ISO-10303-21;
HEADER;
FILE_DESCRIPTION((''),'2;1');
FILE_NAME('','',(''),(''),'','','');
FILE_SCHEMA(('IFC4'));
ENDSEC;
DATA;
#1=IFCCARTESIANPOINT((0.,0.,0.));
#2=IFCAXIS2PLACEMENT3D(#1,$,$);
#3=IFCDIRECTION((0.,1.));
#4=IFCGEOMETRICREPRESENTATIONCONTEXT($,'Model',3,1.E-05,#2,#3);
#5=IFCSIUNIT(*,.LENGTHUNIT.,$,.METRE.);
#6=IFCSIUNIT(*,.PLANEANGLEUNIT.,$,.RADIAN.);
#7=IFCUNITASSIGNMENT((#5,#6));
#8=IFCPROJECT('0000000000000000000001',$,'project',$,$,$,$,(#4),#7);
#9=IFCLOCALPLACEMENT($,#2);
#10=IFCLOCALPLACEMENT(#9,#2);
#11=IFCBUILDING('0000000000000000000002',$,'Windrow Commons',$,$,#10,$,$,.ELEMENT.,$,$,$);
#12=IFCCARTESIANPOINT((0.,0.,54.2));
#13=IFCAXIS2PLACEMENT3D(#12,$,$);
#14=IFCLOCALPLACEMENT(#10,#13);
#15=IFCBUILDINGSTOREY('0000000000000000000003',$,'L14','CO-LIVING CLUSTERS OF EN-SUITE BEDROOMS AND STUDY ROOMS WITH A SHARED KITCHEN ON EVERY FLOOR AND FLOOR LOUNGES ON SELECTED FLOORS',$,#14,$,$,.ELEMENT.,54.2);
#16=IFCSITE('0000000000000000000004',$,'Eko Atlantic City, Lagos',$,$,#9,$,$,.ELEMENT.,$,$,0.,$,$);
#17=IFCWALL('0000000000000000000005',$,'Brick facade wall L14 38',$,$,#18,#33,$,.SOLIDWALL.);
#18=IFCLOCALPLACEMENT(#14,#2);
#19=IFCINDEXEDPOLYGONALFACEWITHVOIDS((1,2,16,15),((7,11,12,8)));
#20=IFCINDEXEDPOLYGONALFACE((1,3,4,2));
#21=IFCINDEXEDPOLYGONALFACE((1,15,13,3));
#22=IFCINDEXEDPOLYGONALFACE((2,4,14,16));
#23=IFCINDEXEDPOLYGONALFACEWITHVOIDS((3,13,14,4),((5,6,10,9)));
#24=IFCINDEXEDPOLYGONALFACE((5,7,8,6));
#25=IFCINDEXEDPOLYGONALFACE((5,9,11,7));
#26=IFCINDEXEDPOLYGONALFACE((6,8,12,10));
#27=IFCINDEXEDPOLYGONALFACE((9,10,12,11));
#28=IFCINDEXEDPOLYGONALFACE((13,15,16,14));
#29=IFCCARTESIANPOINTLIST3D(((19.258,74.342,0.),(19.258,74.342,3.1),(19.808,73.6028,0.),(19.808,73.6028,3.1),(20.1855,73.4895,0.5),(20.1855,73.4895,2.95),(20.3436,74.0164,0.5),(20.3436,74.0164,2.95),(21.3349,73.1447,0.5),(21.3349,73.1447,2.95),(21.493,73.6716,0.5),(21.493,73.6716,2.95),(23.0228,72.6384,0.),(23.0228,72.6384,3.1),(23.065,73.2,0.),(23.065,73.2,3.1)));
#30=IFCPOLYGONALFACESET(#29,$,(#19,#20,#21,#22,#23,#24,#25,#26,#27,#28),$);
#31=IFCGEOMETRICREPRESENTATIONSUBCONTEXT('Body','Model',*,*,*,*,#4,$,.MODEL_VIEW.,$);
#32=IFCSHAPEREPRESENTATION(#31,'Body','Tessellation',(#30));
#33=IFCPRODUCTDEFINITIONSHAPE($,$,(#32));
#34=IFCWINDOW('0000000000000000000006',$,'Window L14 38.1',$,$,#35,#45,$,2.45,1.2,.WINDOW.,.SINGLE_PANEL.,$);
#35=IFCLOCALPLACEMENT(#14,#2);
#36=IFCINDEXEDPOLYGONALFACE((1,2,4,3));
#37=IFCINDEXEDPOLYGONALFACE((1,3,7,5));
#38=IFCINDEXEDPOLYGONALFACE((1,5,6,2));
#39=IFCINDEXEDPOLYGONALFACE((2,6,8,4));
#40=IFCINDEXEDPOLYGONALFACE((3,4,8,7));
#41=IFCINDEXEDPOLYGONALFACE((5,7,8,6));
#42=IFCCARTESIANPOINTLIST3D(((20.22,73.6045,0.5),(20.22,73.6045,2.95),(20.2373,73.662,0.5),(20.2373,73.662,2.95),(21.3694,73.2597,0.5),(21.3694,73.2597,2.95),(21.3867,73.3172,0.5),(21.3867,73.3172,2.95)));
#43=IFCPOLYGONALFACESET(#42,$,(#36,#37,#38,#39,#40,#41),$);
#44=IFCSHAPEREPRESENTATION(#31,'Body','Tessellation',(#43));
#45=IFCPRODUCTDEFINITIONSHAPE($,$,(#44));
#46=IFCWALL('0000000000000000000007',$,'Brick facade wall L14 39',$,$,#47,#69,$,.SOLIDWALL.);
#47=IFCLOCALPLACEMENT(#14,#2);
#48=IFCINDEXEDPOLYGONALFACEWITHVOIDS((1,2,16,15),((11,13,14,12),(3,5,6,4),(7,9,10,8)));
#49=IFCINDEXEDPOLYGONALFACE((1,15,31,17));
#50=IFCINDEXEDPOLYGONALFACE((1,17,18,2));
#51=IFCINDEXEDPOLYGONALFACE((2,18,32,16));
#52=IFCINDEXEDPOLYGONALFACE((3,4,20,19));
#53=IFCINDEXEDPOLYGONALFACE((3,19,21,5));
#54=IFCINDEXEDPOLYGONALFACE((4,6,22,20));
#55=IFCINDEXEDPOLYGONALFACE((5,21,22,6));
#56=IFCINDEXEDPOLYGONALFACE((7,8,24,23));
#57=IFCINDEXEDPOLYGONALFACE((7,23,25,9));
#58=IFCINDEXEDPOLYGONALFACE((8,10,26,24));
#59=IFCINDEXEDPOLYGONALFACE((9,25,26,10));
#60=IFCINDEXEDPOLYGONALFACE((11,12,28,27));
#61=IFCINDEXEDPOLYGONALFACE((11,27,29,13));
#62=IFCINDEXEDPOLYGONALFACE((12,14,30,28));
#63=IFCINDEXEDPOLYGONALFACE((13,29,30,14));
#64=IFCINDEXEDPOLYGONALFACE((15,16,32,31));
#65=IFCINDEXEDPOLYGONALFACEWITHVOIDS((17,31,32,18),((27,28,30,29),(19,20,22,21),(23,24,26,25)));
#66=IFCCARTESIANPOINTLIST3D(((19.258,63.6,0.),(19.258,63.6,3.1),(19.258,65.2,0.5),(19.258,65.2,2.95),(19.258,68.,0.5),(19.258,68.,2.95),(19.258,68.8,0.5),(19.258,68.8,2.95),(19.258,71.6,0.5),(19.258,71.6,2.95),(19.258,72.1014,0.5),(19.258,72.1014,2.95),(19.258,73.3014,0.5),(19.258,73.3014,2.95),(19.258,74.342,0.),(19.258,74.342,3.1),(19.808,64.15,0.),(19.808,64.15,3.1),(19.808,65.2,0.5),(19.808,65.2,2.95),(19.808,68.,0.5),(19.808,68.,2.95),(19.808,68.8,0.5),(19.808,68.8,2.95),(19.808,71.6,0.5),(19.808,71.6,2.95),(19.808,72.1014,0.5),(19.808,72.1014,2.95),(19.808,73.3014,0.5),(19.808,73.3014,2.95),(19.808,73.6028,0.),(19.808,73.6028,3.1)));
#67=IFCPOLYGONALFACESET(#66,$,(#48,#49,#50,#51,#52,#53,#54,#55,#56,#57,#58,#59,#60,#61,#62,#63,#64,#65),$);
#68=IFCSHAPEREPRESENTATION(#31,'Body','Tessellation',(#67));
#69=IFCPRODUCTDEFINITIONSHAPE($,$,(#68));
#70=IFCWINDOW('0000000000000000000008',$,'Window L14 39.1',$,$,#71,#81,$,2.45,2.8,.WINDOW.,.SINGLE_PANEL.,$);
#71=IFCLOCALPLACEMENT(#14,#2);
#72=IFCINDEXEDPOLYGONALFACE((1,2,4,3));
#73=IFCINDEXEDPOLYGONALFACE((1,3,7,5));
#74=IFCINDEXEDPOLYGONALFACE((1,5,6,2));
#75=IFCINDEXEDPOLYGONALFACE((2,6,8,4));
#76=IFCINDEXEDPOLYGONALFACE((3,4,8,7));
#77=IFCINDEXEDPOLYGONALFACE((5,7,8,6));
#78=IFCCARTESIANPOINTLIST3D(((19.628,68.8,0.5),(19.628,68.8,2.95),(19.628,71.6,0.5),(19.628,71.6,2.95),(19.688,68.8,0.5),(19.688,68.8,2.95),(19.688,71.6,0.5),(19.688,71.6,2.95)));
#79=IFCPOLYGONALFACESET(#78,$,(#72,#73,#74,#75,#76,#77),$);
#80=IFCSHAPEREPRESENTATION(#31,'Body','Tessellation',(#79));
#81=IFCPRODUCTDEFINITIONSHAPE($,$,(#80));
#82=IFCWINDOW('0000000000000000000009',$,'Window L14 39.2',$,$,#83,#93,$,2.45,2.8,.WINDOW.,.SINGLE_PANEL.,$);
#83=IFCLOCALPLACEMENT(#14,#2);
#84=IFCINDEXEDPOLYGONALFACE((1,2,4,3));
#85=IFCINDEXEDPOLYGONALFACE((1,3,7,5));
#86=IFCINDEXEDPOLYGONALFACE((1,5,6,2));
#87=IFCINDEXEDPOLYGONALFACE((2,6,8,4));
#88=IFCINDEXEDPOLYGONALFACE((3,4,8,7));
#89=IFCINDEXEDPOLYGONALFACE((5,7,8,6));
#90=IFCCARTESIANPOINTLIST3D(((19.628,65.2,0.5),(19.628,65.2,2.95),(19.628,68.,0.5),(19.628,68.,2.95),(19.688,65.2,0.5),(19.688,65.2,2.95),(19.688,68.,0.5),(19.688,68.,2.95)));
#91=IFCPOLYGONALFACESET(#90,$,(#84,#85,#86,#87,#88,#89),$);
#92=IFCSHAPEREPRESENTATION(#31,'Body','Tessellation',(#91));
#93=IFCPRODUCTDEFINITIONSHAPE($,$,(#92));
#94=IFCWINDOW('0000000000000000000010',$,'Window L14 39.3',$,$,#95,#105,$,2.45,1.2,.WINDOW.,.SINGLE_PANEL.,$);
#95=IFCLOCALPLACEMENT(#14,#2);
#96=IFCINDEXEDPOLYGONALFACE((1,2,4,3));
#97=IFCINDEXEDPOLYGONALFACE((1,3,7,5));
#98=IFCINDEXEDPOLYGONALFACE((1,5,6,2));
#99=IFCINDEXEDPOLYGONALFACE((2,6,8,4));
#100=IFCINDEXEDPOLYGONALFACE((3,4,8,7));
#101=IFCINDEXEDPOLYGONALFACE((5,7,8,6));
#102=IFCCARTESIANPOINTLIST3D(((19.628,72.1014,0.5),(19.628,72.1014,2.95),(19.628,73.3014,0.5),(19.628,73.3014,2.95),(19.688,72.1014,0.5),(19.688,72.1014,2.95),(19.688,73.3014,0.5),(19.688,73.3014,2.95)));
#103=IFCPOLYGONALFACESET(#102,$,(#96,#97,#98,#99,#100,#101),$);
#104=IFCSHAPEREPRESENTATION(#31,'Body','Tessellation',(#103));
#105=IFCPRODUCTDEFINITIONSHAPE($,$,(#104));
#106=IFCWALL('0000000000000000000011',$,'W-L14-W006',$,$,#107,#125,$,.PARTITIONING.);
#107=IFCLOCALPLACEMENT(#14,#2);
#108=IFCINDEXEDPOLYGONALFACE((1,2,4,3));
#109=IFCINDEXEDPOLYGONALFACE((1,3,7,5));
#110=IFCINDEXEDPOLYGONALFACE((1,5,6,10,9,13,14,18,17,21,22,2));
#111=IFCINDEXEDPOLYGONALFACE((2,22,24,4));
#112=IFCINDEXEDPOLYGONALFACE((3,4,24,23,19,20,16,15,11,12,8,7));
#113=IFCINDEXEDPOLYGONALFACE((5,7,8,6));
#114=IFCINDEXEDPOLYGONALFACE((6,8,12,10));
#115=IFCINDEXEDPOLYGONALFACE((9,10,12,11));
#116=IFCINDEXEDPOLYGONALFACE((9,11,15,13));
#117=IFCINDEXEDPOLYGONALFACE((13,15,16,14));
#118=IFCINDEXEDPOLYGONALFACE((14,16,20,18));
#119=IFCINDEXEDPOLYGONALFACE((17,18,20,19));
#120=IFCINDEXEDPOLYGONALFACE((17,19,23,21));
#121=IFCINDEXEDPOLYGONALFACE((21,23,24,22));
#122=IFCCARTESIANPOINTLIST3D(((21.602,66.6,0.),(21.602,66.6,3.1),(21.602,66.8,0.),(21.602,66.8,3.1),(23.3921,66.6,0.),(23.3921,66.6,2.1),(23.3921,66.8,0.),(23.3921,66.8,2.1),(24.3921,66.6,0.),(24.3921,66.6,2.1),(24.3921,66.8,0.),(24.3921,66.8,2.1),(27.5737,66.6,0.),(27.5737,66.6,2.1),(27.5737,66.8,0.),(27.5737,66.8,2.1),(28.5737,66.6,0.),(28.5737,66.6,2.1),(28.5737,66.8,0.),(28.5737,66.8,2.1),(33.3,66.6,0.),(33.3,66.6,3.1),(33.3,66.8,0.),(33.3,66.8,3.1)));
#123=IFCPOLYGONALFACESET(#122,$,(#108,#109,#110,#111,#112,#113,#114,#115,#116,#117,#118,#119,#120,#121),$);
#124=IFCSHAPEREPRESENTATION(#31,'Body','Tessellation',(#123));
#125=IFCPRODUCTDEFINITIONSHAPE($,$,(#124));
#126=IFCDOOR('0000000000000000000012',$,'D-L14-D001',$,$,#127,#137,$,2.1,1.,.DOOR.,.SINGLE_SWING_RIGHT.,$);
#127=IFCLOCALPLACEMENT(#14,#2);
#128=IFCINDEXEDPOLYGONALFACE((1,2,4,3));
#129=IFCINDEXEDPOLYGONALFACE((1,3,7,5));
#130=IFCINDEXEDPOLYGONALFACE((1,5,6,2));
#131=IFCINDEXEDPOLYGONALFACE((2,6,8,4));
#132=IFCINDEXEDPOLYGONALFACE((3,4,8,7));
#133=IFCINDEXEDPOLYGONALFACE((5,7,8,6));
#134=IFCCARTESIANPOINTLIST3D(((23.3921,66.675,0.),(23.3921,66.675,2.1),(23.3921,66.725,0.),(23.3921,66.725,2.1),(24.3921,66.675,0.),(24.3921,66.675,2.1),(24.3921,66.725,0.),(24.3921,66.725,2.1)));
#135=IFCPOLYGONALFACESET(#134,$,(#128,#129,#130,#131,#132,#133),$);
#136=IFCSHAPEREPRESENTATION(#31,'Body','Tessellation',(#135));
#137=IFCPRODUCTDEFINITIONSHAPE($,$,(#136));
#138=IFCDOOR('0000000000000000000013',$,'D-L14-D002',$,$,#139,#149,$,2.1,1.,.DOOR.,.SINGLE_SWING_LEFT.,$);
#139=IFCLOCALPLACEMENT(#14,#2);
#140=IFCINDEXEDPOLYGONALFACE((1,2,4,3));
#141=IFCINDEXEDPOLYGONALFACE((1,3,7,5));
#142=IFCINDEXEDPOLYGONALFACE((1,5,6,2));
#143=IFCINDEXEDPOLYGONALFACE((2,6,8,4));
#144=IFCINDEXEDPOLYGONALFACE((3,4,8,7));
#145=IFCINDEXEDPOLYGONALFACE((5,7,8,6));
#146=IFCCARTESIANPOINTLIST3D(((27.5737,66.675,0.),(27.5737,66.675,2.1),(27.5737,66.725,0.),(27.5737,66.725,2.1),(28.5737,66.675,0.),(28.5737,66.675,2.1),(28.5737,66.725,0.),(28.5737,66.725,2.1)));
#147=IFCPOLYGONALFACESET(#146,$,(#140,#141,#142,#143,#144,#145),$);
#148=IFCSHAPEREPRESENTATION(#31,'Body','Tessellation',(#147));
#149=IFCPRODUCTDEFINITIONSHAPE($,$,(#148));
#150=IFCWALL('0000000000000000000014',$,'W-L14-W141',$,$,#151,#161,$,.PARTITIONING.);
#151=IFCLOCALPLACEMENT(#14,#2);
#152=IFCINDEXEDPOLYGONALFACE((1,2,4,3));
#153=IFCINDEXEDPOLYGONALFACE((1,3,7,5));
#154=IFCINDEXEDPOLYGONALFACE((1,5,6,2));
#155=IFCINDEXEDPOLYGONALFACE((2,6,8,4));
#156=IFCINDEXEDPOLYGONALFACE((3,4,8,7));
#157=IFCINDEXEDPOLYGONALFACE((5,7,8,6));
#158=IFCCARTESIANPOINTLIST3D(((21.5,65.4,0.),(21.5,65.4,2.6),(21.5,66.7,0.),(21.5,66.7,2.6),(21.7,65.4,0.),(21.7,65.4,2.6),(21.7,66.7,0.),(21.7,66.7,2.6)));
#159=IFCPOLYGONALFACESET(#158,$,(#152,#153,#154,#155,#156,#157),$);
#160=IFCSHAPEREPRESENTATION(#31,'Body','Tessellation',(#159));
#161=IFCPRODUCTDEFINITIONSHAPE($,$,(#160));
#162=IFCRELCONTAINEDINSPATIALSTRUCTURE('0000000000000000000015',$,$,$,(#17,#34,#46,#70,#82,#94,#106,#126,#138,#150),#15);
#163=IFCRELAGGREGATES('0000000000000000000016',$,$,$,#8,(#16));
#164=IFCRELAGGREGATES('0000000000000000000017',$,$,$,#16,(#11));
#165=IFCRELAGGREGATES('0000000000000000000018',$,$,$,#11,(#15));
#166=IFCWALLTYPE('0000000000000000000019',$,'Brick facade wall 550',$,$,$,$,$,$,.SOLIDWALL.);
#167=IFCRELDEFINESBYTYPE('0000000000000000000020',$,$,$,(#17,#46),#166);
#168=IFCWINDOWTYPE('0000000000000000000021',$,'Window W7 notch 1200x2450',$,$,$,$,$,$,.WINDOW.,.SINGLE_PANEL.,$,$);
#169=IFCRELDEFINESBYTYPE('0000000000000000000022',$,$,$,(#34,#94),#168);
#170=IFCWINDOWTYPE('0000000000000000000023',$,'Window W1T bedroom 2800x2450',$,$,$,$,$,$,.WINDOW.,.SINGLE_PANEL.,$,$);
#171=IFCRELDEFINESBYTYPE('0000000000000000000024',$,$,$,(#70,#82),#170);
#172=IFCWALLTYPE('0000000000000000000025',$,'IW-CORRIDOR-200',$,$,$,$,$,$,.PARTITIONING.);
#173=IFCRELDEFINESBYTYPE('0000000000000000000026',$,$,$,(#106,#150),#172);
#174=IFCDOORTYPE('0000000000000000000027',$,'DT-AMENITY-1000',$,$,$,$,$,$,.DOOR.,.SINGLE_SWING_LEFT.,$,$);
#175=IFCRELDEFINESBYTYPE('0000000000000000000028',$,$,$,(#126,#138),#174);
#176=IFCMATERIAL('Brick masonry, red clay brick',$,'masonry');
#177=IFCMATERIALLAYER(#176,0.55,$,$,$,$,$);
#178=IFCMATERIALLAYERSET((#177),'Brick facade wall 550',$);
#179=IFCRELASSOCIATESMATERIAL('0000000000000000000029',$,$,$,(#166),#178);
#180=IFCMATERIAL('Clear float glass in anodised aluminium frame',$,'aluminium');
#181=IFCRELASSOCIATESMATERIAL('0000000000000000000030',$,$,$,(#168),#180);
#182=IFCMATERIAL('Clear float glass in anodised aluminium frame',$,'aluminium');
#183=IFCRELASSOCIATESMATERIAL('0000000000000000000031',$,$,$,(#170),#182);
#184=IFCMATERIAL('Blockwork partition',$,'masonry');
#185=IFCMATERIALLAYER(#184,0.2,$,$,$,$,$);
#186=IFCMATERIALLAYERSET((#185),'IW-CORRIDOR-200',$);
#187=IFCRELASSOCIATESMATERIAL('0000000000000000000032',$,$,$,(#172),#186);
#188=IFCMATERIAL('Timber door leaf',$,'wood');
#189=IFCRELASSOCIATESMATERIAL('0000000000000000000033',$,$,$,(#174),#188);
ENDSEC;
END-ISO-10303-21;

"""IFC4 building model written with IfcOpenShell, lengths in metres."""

from ifc_helpers import new_model, si_unit, direction, frame, frame_2d, origin, place, context, subcontext, project, spatial, polyline, rectangle, outline, extrude, material, layer, layer_set, type_object, element, fill, save


model = new_model("IFC4")

# Units and contexts
model_context = context("Model", 3, precision=1e-05, world=origin(), true_north=direction((0.0, 1.0)))
body_context = subcontext(model_context, "Body", "Model", "MODEL_VIEW")
ifc_project = project(units=[si_unit("LENGTHUNIT", "METRE"), si_unit("PLANEANGLEUNIT", "RADIAN")], contexts=[model_context])

# Site, building, storey
site_placement = place(None, origin())
site = spatial("IfcSite", under=ifc_project, at=site_placement, Name="Eko Atlantic City, Lagos", CompositionType="ELEMENT", RefElevation=0.0)
building_placement = place(site_placement, origin())
building = spatial("IfcBuilding", under=site, at=building_placement, Name="Windrow Commons", CompositionType="ELEMENT")
storey_placement = place(building_placement, frame((0.0, 0.0, 54.2)))
storey = spatial("IfcBuildingStorey", under=building, at=storey_placement, Name="L14", Description="CO-LIVING CLUSTERS OF EN-SUITE BEDROOMS AND STUDY ROOMS WITH A SHARED KITCHEN ON EVERY FLOOR AND FLOOR LOUNGES ON SELECTED FLOORS", CompositionType="ELEMENT", Elevation=54.2)

# Shared definitions
ifc_material_1 = material(Name="Brick masonry, red clay brick", Category="masonry")
ifc_layer_1 = layer(ifc_material_1, 0.55)
ifc_layer_set_1 = layer_set([ifc_layer_1], Name="Brick facade wall 550")
wall_type_1 = type_object("IfcWallType", Name="Brick facade wall 550", PredefinedType="SOLIDWALL", material=ifc_layer_set_1)
ifc_material_2 = material(Name="Clear float glass in anodised aluminium frame", Category="aluminium")
window_type_1 = type_object("IfcWindowType", Name="Window W7 notch 1200x2450", PartitioningType="SINGLE_PANEL", PredefinedType="WINDOW", material=ifc_material_2)

# Wall, opening, window
wall_1_placement = place(storey_placement, frame((23.0439, 72.9192, 0.0), z_axis=(0.0, 0.0, 1.0), x_axis=(-0.957832, 0.28733, 0.0)))
wall_1 = element("IfcWall", 1, at=wall_1_placement, inside=storey, type_object=wall_type_1, Name="Brick facade wall L14 38", PredefinedType="SOLIDWALL", context=body_context, shape_type="SweptSolid", body=[
    extrude(outline(polyline([(0.0605, -0.275), (4.0351, -0.275), (3.2959, 0.275), (-0.0605, 0.275), (0.0605, -0.275)])), origin(), (0.0, 0.0, 1.0), 3.1),
])
opening_1_placement = place(wall_1_placement, frame((1.7017, 0.0, 0.5)))
opening_1 = element("IfcOpeningElement", 2, at=opening_1_placement, cuts=wall_1, PredefinedType="OPENING", context=body_context, shape_type="SweptSolid", body=[
    extrude(rectangle(XDim=1.2, YDim=2.45, at=frame_2d((0.6, 1.225))), frame((0.0, 0.285, 0.0), z_axis=(0.0, -1.0, 0.0), x_axis=(1.0, 0.0, 0.0)), (0.0, 0.0, 1.0), 0.57),
])
window_1_placement = place(opening_1_placement, origin())
window_1 = element("IfcWindow", 3, at=window_1_placement, inside=storey, type_object=window_type_1, Name="Window L14 38.1", OverallHeight=2.45, OverallWidth=1.2, PartitioningType="SINGLE_PANEL", PredefinedType="WINDOW", context=body_context, shape_type="SweptSolid", body=[
    extrude(rectangle(XDim=1.2, YDim=2.45, at=frame_2d((0.6, 1.225))), frame((0.0, 0.155, 0.0), z_axis=(0.0, -1.0, 0.0), x_axis=(1.0, 0.0, 0.0)), (0.0, 0.0, 1.0), 0.06),
])
fill(opening_1, window_1)

# Wall, openings, windows
wall_2_placement = place(storey_placement, frame((19.533, 73.9724, 0.0), z_axis=(0.0, 0.0, 1.0), x_axis=(0.0, -1.0, 0.0)))
wall_2 = element("IfcWall", 4, at=wall_2_placement, inside=storey, type_object=wall_type_1, Name="Brick facade wall L14 39", PredefinedType="SOLIDWALL", context=body_context, shape_type="SweptSolid", body=[
    extrude(outline(polyline([(-0.3696, -0.275), (10.3724, -0.275), (9.8224, 0.275), (0.3696, 0.275), (-0.3696, -0.275)])), origin(), (0.0, 0.0, 1.0), 3.1),
])
opening_2_placement = place(wall_2_placement, frame((2.3724, 0.0, 0.5)))
opening_2 = element("IfcOpeningElement", 5, at=opening_2_placement, cuts=wall_2, PredefinedType="OPENING", context=body_context, shape_type="SweptSolid", body=[
    extrude(rectangle(XDim=2.8, YDim=2.45, at=frame_2d((1.4, 1.225))), frame((0.0, 0.285, 0.0), z_axis=(0.0, -1.0, 0.0), x_axis=(1.0, 0.0, 0.0)), (0.0, 0.0, 1.0), 0.57),
])
opening_3_placement = place(wall_2_placement, frame((5.9724, 0.0, 0.5)))
opening_3 = element("IfcOpeningElement", 6, at=opening_3_placement, cuts=wall_2, PredefinedType="OPENING", context=body_context, shape_type="SweptSolid", body=[
    extrude(rectangle(XDim=2.8, YDim=2.45, at=frame_2d((1.4, 1.225))), frame((0.0, 0.285, 0.0), z_axis=(0.0, -1.0, 0.0), x_axis=(1.0, 0.0, 0.0)), (0.0, 0.0, 1.0), 0.57),
])
opening_4_placement = place(wall_2_placement, frame((0.671, 0.0, 0.5)))
opening_4 = element("IfcOpeningElement", 7, at=opening_4_placement, cuts=wall_2, PredefinedType="OPENING", context=body_context, shape_type="SweptSolid", body=[
    extrude(rectangle(XDim=1.2, YDim=2.45, at=frame_2d((0.6, 1.225))), frame((0.0, 0.285, 0.0), z_axis=(0.0, -1.0, 0.0), x_axis=(1.0, 0.0, 0.0)), (0.0, 0.0, 1.0), 0.57),
])
ifc_material_3 = material(Name="Clear float glass in anodised aluminium frame", Category="aluminium")
window_type_2 = type_object("IfcWindowType", Name="Window W1T bedroom 2800x2450", PartitioningType="SINGLE_PANEL", PredefinedType="WINDOW", material=ifc_material_3)
window_2_placement = place(opening_2_placement, origin())
window_2 = element("IfcWindow", 8, at=window_2_placement, inside=storey, type_object=window_type_2, Name="Window L14 39.1", OverallHeight=2.45, OverallWidth=2.8, PartitioningType="SINGLE_PANEL", PredefinedType="WINDOW", context=body_context, shape_type="SweptSolid", body=[
    extrude(rectangle(XDim=2.8, YDim=2.45, at=frame_2d((1.4, 1.225))), frame((0.0, 0.155, 0.0), z_axis=(0.0, -1.0, 0.0), x_axis=(1.0, 0.0, 0.0)), (0.0, 0.0, 1.0), 0.06),
])
fill(opening_2, window_2)
window_3_placement = place(opening_3_placement, origin())
window_3 = element("IfcWindow", 9, at=window_3_placement, inside=storey, type_object=window_type_2, Name="Window L14 39.2", OverallHeight=2.45, OverallWidth=2.8, PartitioningType="SINGLE_PANEL", PredefinedType="WINDOW", context=body_context, shape_type="SweptSolid", body=[
    extrude(rectangle(XDim=2.8, YDim=2.45, at=frame_2d((1.4, 1.225))), frame((0.0, 0.155, 0.0), z_axis=(0.0, -1.0, 0.0), x_axis=(1.0, 0.0, 0.0)), (0.0, 0.0, 1.0), 0.06),
])
fill(opening_3, window_3)
window_4_placement = place(opening_4_placement, origin())
window_4 = element("IfcWindow", 10, at=window_4_placement, inside=storey, type_object=window_type_1, Name="Window L14 39.3", OverallHeight=2.45, OverallWidth=1.2, PartitioningType="SINGLE_PANEL", PredefinedType="WINDOW", context=body_context, shape_type="SweptSolid", body=[
    extrude(rectangle(XDim=1.2, YDim=2.45, at=frame_2d((0.6, 1.225))), frame((0.0, 0.155, 0.0), z_axis=(0.0, -1.0, 0.0), x_axis=(1.0, 0.0, 0.0)), (0.0, 0.0, 1.0), 0.06),
])
fill(opening_4, window_4)

# Wall, openings, doors
ifc_material_4 = material(Name="Blockwork partition", Category="masonry")
ifc_layer_2 = layer(ifc_material_4, 0.2)
ifc_layer_set_2 = layer_set([ifc_layer_2], Name="IW-CORRIDOR-200")
wall_type_2 = type_object("IfcWallType", Name="IW-CORRIDOR-200", PredefinedType="PARTITIONING", material=ifc_layer_set_2)
wall_3_placement = place(storey_placement, frame((21.602, 66.7, 0.0), z_axis=(0.0, 0.0, 1.0), x_axis=(1.0, 0.0, 0.0)))
wall_3 = element("IfcWall", 11, at=wall_3_placement, inside=storey, type_object=wall_type_2, Name="W-L14-W006", PredefinedType="PARTITIONING", context=body_context, shape_type="SweptSolid", body=[
    extrude(rectangle(XDim=11.698, YDim=0.2, at=frame_2d((5.849, 0.0))), origin(), (0.0, 0.0, 1.0), 3.1),
])
opening_5_placement = place(wall_3_placement, frame((1.7901, 0.0, 0.0)))
opening_5 = element("IfcOpeningElement", 12, at=opening_5_placement, cuts=wall_3, PredefinedType="OPENING", context=body_context, shape_type="SweptSolid", body=[
    extrude(rectangle(XDim=1.0, YDim=2.1, at=frame_2d((0.5, 1.05))), frame((0.0, 0.11, 0.0), z_axis=(0.0, -1.0, 0.0), x_axis=(1.0, 0.0, 0.0)), (0.0, 0.0, 1.0), 0.22),
])
opening_6_placement = place(wall_3_placement, frame((5.9717, 0.0, 0.0)))
opening_6 = element("IfcOpeningElement", 13, at=opening_6_placement, cuts=wall_3, PredefinedType="OPENING", context=body_context, shape_type="SweptSolid", body=[
    extrude(rectangle(XDim=1.0, YDim=2.1, at=frame_2d((0.5, 1.05))), frame((0.0, 0.11, 0.0), z_axis=(0.0, -1.0, 0.0), x_axis=(1.0, 0.0, 0.0)), (0.0, 0.0, 1.0), 0.22),
])
ifc_material_5 = material(Name="Timber door leaf", Category="wood")
door_type = type_object("IfcDoorType", Name="DT-AMENITY-1000", OperationType="SINGLE_SWING_LEFT", PredefinedType="DOOR", material=ifc_material_5)
door_1_placement = place(opening_5_placement, origin())
door_1 = element("IfcDoor", 14, at=door_1_placement, inside=storey, type_object=door_type, Name="D-L14-D001", OperationType="SINGLE_SWING_RIGHT", OverallHeight=2.1, OverallWidth=1.0, PredefinedType="DOOR", context=body_context, shape_type="SweptSolid", body=[
    extrude(rectangle(XDim=1.0, YDim=2.1, at=frame_2d((0.5, 1.05))), frame((0.0, 0.025, 0.0), z_axis=(0.0, -1.0, 0.0), x_axis=(1.0, 0.0, 0.0)), (0.0, 0.0, 1.0), 0.05),
])
fill(opening_5, door_1)
door_2_placement = place(opening_6_placement, origin())
door_2 = element("IfcDoor", 15, at=door_2_placement, inside=storey, type_object=door_type, Name="D-L14-D002", OperationType="SINGLE_SWING_LEFT", OverallHeight=2.1, OverallWidth=1.0, PredefinedType="DOOR", context=body_context, shape_type="SweptSolid", body=[
    extrude(rectangle(XDim=1.0, YDim=2.1, at=frame_2d((0.5, 1.05))), frame((0.0, 0.025, 0.0), z_axis=(0.0, -1.0, 0.0), x_axis=(1.0, 0.0, 0.0)), (0.0, 0.0, 1.0), 0.05),
])
fill(opening_6, door_2)

# Wall
wall_4_placement = place(storey_placement, frame((21.6, 65.4, 0.0), z_axis=(0.0, 0.0, 1.0), x_axis=(0.0, 1.0, 0.0)))
element("IfcWall", 16, at=wall_4_placement, inside=storey, type_object=wall_type_2, Name="W-L14-W141", PredefinedType="PARTITIONING", context=body_context, shape_type="SweptSolid", body=[
    extrude(rectangle(XDim=1.3, YDim=0.2, at=frame_2d((0.65, 0.0))), origin(), (0.0, 0.0, 1.0), 2.6),
])

save(model, "model.ifc")
